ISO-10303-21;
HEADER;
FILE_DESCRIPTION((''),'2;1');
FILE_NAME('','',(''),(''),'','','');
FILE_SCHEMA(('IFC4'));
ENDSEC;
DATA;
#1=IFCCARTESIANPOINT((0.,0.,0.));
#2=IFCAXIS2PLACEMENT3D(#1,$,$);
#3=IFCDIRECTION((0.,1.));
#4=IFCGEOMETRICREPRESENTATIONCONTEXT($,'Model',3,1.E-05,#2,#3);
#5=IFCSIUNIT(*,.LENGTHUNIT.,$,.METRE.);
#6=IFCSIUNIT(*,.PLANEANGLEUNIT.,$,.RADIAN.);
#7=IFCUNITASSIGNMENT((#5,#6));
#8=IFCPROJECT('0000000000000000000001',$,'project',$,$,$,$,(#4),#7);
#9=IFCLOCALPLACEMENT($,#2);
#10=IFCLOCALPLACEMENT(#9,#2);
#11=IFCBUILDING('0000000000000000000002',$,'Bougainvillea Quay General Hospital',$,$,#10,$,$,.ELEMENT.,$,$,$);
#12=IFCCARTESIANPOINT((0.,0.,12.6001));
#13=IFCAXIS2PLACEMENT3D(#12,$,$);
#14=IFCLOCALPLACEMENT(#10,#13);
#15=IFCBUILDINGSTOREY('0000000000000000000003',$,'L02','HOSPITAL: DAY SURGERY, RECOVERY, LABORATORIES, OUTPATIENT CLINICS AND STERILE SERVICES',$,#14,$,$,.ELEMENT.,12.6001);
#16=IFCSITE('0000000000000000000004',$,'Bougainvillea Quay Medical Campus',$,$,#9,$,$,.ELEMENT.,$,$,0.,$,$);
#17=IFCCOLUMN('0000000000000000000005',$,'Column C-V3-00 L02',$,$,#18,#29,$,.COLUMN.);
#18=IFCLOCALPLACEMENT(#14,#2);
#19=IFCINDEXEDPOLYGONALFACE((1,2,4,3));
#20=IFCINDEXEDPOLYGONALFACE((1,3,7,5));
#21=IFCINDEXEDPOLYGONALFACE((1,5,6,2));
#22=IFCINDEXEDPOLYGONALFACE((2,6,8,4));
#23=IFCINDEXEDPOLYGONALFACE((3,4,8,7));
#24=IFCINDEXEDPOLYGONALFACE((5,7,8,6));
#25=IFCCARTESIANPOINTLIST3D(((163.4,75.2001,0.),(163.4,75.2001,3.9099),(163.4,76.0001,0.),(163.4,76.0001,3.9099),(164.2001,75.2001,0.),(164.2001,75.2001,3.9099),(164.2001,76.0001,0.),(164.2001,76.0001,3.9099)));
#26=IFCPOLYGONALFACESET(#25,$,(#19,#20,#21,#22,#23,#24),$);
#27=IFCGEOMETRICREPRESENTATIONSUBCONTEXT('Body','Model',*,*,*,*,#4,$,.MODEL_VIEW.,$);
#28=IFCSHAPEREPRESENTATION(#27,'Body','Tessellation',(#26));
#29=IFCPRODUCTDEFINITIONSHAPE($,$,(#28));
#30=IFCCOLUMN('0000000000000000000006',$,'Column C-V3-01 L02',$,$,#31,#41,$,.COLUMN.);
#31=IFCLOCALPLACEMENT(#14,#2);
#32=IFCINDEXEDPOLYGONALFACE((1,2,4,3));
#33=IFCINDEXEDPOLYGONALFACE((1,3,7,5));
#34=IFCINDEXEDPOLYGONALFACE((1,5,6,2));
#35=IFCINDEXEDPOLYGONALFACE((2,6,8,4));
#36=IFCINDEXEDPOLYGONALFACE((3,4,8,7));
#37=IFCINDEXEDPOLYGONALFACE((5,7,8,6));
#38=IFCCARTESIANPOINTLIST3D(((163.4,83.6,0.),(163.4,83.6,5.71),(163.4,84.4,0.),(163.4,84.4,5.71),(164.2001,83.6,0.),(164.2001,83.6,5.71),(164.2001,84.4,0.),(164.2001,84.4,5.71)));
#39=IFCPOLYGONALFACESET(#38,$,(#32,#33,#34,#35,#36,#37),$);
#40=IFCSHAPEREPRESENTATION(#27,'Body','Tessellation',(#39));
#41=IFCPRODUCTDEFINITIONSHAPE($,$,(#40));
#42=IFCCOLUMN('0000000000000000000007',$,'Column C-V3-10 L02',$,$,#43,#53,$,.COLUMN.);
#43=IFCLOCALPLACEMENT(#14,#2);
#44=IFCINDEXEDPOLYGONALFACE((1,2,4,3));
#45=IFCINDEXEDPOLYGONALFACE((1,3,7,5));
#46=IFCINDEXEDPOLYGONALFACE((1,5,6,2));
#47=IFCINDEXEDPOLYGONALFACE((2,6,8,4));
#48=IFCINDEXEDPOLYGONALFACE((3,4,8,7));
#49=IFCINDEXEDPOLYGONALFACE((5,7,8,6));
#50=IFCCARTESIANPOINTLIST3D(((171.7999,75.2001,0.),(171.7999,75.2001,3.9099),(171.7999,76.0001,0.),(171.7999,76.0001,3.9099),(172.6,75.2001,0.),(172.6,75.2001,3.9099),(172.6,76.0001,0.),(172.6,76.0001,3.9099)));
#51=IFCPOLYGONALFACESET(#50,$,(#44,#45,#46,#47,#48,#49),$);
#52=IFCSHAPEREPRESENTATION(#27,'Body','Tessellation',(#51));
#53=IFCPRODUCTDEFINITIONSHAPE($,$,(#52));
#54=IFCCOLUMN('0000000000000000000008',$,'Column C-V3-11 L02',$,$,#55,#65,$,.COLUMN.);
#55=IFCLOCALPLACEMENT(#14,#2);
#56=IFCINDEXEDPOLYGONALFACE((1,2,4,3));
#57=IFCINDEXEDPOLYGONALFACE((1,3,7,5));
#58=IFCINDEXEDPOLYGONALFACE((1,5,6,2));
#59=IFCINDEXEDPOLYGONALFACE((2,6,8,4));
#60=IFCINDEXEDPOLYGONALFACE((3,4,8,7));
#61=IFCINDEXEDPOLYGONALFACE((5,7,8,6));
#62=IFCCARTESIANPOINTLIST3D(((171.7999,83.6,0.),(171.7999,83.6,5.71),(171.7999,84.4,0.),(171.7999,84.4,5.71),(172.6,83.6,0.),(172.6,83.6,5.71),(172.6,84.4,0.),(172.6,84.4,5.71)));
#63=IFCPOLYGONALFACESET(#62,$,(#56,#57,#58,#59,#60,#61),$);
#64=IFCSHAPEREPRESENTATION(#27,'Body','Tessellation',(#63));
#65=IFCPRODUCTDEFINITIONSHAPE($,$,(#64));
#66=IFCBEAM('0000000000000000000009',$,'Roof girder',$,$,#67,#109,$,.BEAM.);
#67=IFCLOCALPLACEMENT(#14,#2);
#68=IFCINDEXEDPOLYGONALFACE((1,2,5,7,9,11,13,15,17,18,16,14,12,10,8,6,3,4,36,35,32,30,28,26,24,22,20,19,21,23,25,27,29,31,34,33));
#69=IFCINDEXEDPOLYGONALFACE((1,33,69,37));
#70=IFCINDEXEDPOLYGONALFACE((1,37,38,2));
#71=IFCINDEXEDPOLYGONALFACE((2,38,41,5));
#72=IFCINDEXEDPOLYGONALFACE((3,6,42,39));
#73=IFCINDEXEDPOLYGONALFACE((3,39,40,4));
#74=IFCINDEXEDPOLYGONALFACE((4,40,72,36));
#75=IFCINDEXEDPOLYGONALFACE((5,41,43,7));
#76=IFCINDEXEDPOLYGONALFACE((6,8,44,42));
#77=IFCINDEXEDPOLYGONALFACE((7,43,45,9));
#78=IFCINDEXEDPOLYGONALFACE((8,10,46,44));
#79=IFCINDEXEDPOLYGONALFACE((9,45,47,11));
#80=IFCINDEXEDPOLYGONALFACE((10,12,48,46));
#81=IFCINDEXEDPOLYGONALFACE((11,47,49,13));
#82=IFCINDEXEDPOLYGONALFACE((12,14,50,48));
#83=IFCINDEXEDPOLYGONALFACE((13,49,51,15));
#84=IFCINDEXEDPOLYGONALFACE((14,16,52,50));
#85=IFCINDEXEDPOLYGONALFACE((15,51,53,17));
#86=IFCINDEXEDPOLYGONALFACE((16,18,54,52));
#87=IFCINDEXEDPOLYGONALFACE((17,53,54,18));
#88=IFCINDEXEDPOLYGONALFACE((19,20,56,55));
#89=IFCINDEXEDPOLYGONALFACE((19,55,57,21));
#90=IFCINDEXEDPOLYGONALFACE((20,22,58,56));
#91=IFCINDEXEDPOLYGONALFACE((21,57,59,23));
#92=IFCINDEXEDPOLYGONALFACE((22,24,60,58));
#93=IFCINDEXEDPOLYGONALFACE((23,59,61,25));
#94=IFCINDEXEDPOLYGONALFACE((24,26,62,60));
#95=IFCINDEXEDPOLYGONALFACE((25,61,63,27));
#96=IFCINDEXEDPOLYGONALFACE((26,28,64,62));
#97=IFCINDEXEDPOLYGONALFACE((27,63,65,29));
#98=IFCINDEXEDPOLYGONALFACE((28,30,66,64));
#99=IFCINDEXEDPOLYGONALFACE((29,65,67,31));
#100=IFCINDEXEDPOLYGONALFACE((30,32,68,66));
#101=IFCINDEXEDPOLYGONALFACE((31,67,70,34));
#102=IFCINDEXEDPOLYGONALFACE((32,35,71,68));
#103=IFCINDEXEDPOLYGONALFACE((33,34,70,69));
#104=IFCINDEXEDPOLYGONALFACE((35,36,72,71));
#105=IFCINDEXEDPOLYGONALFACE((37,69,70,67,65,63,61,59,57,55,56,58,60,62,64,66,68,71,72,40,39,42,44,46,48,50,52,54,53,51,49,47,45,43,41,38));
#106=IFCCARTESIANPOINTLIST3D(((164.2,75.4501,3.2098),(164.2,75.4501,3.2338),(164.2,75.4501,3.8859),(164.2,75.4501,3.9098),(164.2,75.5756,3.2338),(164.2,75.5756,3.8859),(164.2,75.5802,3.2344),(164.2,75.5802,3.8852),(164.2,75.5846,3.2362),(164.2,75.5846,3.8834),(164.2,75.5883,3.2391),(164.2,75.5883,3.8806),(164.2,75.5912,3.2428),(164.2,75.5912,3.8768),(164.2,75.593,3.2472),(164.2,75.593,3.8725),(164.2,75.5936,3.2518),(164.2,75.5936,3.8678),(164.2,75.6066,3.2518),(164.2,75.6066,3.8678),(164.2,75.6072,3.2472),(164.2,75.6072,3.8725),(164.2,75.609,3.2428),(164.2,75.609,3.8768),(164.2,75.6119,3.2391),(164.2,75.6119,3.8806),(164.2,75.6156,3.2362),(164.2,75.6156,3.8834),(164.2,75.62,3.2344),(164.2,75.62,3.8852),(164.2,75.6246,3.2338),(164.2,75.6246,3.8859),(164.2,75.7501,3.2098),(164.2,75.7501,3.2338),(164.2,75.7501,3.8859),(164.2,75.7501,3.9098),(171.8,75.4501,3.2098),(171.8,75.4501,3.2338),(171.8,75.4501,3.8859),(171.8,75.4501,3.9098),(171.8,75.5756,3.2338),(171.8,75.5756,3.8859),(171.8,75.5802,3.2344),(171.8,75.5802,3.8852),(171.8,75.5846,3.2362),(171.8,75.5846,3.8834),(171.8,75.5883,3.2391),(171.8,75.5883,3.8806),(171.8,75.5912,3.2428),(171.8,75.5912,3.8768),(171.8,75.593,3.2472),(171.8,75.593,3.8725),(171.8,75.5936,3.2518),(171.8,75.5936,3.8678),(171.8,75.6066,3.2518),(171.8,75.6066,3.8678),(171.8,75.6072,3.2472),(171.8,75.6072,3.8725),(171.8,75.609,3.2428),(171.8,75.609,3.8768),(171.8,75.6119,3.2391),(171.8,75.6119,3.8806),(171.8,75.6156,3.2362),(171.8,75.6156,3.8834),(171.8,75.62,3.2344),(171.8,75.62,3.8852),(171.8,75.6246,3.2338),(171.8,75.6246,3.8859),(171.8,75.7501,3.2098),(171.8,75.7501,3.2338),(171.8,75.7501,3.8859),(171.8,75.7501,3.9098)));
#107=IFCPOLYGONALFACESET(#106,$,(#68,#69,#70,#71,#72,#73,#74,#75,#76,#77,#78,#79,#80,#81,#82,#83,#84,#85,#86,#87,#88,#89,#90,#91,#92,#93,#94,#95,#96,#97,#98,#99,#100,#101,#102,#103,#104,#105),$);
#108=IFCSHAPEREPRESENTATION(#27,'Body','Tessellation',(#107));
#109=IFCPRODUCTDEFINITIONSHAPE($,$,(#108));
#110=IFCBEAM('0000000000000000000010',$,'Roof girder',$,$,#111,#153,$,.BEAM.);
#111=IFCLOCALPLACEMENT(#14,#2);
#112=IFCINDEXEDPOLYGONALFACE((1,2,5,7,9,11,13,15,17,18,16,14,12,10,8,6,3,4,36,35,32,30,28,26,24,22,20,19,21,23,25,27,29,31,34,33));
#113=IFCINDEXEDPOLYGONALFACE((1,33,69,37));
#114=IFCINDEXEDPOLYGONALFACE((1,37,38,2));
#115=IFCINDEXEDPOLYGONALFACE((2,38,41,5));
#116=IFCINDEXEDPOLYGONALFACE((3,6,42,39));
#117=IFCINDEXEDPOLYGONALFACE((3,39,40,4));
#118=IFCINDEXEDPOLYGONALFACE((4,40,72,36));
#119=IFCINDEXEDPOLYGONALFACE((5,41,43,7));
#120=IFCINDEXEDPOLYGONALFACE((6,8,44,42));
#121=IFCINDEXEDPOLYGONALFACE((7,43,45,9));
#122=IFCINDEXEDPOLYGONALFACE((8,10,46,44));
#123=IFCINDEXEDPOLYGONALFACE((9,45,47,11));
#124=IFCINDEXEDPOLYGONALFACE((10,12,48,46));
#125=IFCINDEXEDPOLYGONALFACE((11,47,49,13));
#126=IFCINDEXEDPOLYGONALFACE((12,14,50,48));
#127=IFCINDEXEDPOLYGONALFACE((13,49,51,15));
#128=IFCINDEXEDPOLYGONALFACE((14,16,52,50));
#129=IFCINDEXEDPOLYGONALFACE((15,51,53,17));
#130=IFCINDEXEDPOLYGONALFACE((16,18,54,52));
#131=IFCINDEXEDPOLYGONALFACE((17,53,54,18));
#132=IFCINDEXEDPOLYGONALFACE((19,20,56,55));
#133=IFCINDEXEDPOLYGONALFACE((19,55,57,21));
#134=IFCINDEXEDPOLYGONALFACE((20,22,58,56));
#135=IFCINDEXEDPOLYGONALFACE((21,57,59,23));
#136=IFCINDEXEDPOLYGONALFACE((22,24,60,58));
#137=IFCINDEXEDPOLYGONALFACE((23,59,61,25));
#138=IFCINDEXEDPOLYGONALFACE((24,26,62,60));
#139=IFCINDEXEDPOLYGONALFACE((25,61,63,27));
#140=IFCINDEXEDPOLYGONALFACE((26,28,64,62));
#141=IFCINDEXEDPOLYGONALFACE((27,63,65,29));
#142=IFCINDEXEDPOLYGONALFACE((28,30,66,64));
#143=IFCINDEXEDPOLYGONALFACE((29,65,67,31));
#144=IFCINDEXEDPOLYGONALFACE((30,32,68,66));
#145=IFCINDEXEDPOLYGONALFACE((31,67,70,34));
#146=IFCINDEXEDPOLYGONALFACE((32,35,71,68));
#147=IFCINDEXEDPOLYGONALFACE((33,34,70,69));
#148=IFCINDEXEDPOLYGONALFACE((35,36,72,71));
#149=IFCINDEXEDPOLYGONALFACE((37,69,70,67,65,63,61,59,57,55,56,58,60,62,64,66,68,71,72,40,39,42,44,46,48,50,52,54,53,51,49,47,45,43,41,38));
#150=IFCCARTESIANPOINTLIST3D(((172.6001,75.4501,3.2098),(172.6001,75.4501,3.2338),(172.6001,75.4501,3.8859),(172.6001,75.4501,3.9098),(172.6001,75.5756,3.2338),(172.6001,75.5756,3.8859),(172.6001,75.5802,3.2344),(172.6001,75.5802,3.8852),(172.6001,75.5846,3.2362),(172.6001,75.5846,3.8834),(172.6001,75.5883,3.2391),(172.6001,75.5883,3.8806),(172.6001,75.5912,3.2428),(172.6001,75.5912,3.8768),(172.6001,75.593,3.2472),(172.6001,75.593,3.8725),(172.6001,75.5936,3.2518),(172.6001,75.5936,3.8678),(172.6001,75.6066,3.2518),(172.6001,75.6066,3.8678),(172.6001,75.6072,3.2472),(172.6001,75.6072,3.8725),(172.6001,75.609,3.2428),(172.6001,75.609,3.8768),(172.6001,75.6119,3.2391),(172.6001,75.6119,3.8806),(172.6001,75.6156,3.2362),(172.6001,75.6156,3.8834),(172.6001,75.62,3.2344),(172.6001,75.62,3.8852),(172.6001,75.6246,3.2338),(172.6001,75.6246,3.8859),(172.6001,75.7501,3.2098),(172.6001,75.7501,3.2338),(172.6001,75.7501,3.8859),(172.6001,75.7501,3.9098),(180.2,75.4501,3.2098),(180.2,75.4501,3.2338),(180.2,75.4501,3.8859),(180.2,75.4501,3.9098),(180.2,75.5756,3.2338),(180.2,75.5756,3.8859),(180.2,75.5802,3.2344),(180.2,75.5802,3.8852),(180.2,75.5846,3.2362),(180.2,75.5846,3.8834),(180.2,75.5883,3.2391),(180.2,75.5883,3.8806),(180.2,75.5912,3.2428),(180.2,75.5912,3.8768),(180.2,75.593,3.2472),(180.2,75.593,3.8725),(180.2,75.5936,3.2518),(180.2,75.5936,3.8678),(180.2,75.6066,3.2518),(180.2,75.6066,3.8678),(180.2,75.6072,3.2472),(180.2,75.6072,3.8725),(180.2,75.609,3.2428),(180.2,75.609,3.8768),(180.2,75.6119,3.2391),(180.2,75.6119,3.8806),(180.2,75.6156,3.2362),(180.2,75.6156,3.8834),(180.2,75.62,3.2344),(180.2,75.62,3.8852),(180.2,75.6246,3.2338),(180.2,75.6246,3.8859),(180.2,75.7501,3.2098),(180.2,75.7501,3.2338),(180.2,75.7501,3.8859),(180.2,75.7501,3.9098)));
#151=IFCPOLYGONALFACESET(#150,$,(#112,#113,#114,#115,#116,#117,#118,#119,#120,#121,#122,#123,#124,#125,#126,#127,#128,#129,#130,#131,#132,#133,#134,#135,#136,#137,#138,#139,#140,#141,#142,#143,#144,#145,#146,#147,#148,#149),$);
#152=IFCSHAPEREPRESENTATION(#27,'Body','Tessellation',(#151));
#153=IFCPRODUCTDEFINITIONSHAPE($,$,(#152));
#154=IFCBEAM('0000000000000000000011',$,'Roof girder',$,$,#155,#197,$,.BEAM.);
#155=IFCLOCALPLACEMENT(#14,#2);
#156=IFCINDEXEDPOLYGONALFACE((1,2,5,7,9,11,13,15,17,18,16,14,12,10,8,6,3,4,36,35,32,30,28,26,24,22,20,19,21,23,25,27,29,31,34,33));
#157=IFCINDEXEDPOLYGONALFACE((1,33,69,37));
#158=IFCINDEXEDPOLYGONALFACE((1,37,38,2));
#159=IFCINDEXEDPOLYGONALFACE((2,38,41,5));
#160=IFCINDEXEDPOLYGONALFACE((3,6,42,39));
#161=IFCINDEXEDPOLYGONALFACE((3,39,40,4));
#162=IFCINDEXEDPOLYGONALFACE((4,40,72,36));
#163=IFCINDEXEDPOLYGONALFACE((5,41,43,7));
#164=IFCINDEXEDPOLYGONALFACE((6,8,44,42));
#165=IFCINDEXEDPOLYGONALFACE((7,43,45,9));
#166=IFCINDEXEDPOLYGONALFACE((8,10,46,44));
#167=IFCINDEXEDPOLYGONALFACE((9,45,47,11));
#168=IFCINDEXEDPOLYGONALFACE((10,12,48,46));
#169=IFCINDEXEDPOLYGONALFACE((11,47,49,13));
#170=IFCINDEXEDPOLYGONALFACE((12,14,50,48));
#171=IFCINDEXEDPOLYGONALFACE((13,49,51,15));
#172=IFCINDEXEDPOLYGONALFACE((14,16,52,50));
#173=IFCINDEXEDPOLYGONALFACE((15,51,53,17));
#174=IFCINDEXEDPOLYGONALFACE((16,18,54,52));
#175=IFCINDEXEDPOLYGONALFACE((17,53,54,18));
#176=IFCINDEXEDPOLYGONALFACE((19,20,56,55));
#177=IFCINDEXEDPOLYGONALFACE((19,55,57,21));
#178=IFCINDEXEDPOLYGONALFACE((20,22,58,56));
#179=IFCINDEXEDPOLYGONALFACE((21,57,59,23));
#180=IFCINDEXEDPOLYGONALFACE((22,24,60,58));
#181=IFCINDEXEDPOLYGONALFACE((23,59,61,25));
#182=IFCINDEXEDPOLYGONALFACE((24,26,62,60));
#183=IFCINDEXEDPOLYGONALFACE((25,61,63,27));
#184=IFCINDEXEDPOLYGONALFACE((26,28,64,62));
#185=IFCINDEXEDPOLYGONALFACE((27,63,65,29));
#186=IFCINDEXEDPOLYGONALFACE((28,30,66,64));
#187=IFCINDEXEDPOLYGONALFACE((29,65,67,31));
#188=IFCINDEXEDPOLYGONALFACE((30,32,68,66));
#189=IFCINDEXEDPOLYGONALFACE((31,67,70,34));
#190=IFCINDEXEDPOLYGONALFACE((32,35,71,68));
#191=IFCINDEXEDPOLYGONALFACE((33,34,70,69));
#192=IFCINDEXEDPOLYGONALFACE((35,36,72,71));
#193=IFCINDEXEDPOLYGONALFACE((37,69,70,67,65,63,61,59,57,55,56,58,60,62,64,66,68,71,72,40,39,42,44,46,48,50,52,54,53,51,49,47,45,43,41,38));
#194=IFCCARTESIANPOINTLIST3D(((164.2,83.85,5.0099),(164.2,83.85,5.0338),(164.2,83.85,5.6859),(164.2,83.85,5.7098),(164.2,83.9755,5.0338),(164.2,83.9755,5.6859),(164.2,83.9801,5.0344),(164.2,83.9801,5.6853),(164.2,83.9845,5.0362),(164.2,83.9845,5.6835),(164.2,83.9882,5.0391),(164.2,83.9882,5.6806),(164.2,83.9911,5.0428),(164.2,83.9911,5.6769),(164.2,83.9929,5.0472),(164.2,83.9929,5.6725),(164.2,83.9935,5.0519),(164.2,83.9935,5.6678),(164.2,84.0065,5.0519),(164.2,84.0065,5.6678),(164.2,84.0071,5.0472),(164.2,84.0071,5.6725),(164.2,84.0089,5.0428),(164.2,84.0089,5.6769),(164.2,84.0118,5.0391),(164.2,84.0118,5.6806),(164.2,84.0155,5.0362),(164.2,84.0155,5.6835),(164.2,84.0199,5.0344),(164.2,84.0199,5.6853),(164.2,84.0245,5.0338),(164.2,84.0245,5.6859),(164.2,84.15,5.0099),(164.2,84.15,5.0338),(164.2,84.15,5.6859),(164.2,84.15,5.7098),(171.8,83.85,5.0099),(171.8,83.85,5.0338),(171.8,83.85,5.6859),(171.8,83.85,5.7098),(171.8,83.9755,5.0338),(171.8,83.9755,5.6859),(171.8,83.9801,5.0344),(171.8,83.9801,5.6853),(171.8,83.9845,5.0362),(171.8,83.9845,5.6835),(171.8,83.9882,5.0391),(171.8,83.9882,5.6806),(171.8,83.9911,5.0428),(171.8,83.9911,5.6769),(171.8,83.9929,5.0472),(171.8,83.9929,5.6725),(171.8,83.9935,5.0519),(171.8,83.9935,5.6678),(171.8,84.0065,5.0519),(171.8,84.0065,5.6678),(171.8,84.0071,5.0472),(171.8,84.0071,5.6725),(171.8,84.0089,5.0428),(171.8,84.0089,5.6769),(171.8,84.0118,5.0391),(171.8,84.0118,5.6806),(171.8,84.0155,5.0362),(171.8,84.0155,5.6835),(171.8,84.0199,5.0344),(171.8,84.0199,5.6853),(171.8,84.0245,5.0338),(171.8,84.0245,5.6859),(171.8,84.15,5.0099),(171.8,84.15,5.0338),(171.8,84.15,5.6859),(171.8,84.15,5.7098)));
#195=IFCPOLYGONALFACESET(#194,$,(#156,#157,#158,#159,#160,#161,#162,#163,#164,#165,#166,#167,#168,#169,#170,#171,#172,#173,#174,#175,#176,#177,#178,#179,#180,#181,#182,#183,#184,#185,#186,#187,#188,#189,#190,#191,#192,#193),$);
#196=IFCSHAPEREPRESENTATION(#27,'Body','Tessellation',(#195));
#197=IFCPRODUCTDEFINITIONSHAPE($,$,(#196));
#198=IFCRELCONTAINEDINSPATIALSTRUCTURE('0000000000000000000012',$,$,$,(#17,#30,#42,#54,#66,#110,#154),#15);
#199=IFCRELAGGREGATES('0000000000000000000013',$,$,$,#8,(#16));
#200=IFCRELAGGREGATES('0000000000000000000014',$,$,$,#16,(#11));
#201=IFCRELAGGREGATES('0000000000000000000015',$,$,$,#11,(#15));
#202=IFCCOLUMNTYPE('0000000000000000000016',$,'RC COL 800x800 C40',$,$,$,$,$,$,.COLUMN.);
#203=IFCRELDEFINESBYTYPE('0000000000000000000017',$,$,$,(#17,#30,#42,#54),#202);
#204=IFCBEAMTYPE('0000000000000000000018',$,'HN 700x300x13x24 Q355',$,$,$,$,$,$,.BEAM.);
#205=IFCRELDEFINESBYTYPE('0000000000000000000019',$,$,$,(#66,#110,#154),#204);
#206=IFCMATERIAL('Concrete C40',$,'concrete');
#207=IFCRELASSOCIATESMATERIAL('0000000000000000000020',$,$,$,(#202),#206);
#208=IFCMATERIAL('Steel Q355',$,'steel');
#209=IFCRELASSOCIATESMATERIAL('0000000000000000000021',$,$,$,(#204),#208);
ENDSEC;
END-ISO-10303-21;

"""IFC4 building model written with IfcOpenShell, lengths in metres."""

from ifc_helpers import new_model, si_unit, direction, frame, origin, origin_2d, place, context, subcontext, project, spatial, rectangle, i_section, extrude, material, material_profile, profile_set, type_object, element, save


model = new_model("IFC4")

# Units and contexts
model_context = context("Model", 3, precision=1e-05, world=origin(), true_north=direction((0.0, 1.0)))
body_context = subcontext(model_context, "Body", "Model", "MODEL_VIEW")
ifc_project = project(units=[si_unit("LENGTHUNIT", "METRE"), si_unit("PLANEANGLEUNIT", "RADIAN")], contexts=[model_context])

# Site, building, storey
site_placement = place(None, origin())
site = spatial("IfcSite", under=ifc_project, at=site_placement, Name="Bougainvillea Quay Medical Campus", CompositionType="ELEMENT", RefElevation=0.0)
building_placement = place(site_placement, origin())
building = spatial("IfcBuilding", under=site, at=building_placement, Name="Bougainvillea Quay General Hospital", CompositionType="ELEMENT")
storey_placement = place(building_placement, frame((0.0, 0.0, 12.6001)))
storey = spatial("IfcBuildingStorey", under=building, at=storey_placement, Name="L02", Description="HOSPITAL: DAY SURGERY, RECOVERY, LABORATORIES, OUTPATIENT CLINICS AND STERILE SERVICES", CompositionType="ELEMENT", Elevation=12.6001)

# Columns
ifc_material_1 = material(Name="Concrete C40", Category="concrete")
ifc_material_profile_1 = material_profile(ifc_material_1, rectangle(XDim=0.8, YDim=0.8, at=origin_2d()))
ifc_profile_set_1 = profile_set([ifc_material_profile_1], Name="Concrete C40")
column_type = type_object("IfcColumnType", Name="RC COL 800x800 C40", PredefinedType="COLUMN", material=ifc_profile_set_1)
column_1_placement = place(storey_placement, frame((163.8, 75.6001, 0.0), z_axis=(0.0, 0.0, 1.0), x_axis=(1.0, 0.0, 0.0)))
element("IfcColumn", 1, at=column_1_placement, inside=storey, type_object=column_type, Name="Column C-V3-00 L02", PredefinedType="COLUMN", context=body_context, shape_type="SweptSolid", body=[
    extrude(rectangle(XDim=0.8, YDim=0.8, at=origin_2d()), origin(), (0.0, 0.0, 1.0), 3.9099),
])
column_2_placement = place(storey_placement, frame((163.8, 84.0, 0.0), z_axis=(0.0, 0.0, 1.0), x_axis=(1.0, 0.0, 0.0)))
element("IfcColumn", 2, at=column_2_placement, inside=storey, type_object=column_type, Name="Column C-V3-01 L02", PredefinedType="COLUMN", context=body_context, shape_type="SweptSolid", body=[
    extrude(rectangle(XDim=0.8, YDim=0.8, at=origin_2d()), origin(), (0.0, 0.0, 1.0), 5.71),
])
column_3_placement = place(storey_placement, frame((172.2, 75.6001, 0.0), z_axis=(0.0, 0.0, 1.0), x_axis=(1.0, 0.0, 0.0)))
element("IfcColumn", 3, at=column_3_placement, inside=storey, type_object=column_type, Name="Column C-V3-10 L02", PredefinedType="COLUMN", context=body_context, shape_type="SweptSolid", body=[
    extrude(rectangle(XDim=0.8, YDim=0.8, at=origin_2d()), origin(), (0.0, 0.0, 1.0), 3.9099),
])
column_4_placement = place(storey_placement, frame((172.2, 84.0, 0.0), z_axis=(0.0, 0.0, 1.0), x_axis=(1.0, 0.0, 0.0)))
element("IfcColumn", 4, at=column_4_placement, inside=storey, type_object=column_type, Name="Column C-V3-11 L02", PredefinedType="COLUMN", context=body_context, shape_type="SweptSolid", body=[
    extrude(rectangle(XDim=0.8, YDim=0.8, at=origin_2d()), origin(), (0.0, 0.0, 1.0), 5.71),
])

# Beams
ifc_material_2 = material(Name="Steel Q355", Category="steel")
ifc_material_profile_2 = material_profile(ifc_material_2, i_section(OverallWidth=0.3, OverallDepth=0.7, WebThickness=0.0129, FlangeThickness=0.0239, FilletRadius=0.0181, at=origin_2d()))
ifc_profile_set_2 = profile_set([ifc_material_profile_2], Name="Steel Q355")
beam_type_1 = type_object("IfcBeamType", Name="HN 700x300x13x24 Q355", PredefinedType="BEAM", material=ifc_profile_set_2)
beam_1_placement = place(storey_placement, frame((164.2, 75.6001, 3.5598), z_axis=(1.0, 0.0, 0.0), x_axis=(0.0, 1.0, 0.0)))
element("IfcBeam", 5, at=beam_1_placement, inside=storey, type_object=beam_type_1, Name="Roof girder", PredefinedType="BEAM", context=body_context, shape_type="SweptSolid", body=[
    extrude(i_section(OverallWidth=0.3, OverallDepth=0.7, WebThickness=0.0129, FlangeThickness=0.0239, FilletRadius=0.0181, at=origin_2d()), origin(), (0.0, 0.0, 1.0), 7.6001),
])
beam_2_placement = place(storey_placement, frame((172.6001, 75.6001, 3.5598), z_axis=(1.0, 0.0, 0.0), x_axis=(0.0, 1.0, 0.0)))
element("IfcBeam", 6, at=beam_2_placement, inside=storey, type_object=beam_type_1, Name="Roof girder", PredefinedType="BEAM", context=body_context, shape_type="SweptSolid", body=[
    extrude(i_section(OverallWidth=0.3, OverallDepth=0.7, WebThickness=0.0129, FlangeThickness=0.0239, FilletRadius=0.0181, at=origin_2d()), origin(), (0.0, 0.0, 1.0), 7.5999),
])
beam_3_placement = place(storey_placement, frame((164.2, 84.0, 5.3599), z_axis=(1.0, 0.0, 0.0), x_axis=(0.0, 1.0, 0.0)))
element("IfcBeam", 7, at=beam_3_placement, inside=storey, type_object=beam_type_1, Name="Roof girder", PredefinedType="BEAM", context=body_context, shape_type="SweptSolid", body=[
    extrude(i_section(OverallWidth=0.3, OverallDepth=0.7, WebThickness=0.0129, FlangeThickness=0.0239, FilletRadius=0.0181, at=origin_2d()), origin(), (0.0, 0.0, 1.0), 7.6001),
])

save(model, "model.ifc")
